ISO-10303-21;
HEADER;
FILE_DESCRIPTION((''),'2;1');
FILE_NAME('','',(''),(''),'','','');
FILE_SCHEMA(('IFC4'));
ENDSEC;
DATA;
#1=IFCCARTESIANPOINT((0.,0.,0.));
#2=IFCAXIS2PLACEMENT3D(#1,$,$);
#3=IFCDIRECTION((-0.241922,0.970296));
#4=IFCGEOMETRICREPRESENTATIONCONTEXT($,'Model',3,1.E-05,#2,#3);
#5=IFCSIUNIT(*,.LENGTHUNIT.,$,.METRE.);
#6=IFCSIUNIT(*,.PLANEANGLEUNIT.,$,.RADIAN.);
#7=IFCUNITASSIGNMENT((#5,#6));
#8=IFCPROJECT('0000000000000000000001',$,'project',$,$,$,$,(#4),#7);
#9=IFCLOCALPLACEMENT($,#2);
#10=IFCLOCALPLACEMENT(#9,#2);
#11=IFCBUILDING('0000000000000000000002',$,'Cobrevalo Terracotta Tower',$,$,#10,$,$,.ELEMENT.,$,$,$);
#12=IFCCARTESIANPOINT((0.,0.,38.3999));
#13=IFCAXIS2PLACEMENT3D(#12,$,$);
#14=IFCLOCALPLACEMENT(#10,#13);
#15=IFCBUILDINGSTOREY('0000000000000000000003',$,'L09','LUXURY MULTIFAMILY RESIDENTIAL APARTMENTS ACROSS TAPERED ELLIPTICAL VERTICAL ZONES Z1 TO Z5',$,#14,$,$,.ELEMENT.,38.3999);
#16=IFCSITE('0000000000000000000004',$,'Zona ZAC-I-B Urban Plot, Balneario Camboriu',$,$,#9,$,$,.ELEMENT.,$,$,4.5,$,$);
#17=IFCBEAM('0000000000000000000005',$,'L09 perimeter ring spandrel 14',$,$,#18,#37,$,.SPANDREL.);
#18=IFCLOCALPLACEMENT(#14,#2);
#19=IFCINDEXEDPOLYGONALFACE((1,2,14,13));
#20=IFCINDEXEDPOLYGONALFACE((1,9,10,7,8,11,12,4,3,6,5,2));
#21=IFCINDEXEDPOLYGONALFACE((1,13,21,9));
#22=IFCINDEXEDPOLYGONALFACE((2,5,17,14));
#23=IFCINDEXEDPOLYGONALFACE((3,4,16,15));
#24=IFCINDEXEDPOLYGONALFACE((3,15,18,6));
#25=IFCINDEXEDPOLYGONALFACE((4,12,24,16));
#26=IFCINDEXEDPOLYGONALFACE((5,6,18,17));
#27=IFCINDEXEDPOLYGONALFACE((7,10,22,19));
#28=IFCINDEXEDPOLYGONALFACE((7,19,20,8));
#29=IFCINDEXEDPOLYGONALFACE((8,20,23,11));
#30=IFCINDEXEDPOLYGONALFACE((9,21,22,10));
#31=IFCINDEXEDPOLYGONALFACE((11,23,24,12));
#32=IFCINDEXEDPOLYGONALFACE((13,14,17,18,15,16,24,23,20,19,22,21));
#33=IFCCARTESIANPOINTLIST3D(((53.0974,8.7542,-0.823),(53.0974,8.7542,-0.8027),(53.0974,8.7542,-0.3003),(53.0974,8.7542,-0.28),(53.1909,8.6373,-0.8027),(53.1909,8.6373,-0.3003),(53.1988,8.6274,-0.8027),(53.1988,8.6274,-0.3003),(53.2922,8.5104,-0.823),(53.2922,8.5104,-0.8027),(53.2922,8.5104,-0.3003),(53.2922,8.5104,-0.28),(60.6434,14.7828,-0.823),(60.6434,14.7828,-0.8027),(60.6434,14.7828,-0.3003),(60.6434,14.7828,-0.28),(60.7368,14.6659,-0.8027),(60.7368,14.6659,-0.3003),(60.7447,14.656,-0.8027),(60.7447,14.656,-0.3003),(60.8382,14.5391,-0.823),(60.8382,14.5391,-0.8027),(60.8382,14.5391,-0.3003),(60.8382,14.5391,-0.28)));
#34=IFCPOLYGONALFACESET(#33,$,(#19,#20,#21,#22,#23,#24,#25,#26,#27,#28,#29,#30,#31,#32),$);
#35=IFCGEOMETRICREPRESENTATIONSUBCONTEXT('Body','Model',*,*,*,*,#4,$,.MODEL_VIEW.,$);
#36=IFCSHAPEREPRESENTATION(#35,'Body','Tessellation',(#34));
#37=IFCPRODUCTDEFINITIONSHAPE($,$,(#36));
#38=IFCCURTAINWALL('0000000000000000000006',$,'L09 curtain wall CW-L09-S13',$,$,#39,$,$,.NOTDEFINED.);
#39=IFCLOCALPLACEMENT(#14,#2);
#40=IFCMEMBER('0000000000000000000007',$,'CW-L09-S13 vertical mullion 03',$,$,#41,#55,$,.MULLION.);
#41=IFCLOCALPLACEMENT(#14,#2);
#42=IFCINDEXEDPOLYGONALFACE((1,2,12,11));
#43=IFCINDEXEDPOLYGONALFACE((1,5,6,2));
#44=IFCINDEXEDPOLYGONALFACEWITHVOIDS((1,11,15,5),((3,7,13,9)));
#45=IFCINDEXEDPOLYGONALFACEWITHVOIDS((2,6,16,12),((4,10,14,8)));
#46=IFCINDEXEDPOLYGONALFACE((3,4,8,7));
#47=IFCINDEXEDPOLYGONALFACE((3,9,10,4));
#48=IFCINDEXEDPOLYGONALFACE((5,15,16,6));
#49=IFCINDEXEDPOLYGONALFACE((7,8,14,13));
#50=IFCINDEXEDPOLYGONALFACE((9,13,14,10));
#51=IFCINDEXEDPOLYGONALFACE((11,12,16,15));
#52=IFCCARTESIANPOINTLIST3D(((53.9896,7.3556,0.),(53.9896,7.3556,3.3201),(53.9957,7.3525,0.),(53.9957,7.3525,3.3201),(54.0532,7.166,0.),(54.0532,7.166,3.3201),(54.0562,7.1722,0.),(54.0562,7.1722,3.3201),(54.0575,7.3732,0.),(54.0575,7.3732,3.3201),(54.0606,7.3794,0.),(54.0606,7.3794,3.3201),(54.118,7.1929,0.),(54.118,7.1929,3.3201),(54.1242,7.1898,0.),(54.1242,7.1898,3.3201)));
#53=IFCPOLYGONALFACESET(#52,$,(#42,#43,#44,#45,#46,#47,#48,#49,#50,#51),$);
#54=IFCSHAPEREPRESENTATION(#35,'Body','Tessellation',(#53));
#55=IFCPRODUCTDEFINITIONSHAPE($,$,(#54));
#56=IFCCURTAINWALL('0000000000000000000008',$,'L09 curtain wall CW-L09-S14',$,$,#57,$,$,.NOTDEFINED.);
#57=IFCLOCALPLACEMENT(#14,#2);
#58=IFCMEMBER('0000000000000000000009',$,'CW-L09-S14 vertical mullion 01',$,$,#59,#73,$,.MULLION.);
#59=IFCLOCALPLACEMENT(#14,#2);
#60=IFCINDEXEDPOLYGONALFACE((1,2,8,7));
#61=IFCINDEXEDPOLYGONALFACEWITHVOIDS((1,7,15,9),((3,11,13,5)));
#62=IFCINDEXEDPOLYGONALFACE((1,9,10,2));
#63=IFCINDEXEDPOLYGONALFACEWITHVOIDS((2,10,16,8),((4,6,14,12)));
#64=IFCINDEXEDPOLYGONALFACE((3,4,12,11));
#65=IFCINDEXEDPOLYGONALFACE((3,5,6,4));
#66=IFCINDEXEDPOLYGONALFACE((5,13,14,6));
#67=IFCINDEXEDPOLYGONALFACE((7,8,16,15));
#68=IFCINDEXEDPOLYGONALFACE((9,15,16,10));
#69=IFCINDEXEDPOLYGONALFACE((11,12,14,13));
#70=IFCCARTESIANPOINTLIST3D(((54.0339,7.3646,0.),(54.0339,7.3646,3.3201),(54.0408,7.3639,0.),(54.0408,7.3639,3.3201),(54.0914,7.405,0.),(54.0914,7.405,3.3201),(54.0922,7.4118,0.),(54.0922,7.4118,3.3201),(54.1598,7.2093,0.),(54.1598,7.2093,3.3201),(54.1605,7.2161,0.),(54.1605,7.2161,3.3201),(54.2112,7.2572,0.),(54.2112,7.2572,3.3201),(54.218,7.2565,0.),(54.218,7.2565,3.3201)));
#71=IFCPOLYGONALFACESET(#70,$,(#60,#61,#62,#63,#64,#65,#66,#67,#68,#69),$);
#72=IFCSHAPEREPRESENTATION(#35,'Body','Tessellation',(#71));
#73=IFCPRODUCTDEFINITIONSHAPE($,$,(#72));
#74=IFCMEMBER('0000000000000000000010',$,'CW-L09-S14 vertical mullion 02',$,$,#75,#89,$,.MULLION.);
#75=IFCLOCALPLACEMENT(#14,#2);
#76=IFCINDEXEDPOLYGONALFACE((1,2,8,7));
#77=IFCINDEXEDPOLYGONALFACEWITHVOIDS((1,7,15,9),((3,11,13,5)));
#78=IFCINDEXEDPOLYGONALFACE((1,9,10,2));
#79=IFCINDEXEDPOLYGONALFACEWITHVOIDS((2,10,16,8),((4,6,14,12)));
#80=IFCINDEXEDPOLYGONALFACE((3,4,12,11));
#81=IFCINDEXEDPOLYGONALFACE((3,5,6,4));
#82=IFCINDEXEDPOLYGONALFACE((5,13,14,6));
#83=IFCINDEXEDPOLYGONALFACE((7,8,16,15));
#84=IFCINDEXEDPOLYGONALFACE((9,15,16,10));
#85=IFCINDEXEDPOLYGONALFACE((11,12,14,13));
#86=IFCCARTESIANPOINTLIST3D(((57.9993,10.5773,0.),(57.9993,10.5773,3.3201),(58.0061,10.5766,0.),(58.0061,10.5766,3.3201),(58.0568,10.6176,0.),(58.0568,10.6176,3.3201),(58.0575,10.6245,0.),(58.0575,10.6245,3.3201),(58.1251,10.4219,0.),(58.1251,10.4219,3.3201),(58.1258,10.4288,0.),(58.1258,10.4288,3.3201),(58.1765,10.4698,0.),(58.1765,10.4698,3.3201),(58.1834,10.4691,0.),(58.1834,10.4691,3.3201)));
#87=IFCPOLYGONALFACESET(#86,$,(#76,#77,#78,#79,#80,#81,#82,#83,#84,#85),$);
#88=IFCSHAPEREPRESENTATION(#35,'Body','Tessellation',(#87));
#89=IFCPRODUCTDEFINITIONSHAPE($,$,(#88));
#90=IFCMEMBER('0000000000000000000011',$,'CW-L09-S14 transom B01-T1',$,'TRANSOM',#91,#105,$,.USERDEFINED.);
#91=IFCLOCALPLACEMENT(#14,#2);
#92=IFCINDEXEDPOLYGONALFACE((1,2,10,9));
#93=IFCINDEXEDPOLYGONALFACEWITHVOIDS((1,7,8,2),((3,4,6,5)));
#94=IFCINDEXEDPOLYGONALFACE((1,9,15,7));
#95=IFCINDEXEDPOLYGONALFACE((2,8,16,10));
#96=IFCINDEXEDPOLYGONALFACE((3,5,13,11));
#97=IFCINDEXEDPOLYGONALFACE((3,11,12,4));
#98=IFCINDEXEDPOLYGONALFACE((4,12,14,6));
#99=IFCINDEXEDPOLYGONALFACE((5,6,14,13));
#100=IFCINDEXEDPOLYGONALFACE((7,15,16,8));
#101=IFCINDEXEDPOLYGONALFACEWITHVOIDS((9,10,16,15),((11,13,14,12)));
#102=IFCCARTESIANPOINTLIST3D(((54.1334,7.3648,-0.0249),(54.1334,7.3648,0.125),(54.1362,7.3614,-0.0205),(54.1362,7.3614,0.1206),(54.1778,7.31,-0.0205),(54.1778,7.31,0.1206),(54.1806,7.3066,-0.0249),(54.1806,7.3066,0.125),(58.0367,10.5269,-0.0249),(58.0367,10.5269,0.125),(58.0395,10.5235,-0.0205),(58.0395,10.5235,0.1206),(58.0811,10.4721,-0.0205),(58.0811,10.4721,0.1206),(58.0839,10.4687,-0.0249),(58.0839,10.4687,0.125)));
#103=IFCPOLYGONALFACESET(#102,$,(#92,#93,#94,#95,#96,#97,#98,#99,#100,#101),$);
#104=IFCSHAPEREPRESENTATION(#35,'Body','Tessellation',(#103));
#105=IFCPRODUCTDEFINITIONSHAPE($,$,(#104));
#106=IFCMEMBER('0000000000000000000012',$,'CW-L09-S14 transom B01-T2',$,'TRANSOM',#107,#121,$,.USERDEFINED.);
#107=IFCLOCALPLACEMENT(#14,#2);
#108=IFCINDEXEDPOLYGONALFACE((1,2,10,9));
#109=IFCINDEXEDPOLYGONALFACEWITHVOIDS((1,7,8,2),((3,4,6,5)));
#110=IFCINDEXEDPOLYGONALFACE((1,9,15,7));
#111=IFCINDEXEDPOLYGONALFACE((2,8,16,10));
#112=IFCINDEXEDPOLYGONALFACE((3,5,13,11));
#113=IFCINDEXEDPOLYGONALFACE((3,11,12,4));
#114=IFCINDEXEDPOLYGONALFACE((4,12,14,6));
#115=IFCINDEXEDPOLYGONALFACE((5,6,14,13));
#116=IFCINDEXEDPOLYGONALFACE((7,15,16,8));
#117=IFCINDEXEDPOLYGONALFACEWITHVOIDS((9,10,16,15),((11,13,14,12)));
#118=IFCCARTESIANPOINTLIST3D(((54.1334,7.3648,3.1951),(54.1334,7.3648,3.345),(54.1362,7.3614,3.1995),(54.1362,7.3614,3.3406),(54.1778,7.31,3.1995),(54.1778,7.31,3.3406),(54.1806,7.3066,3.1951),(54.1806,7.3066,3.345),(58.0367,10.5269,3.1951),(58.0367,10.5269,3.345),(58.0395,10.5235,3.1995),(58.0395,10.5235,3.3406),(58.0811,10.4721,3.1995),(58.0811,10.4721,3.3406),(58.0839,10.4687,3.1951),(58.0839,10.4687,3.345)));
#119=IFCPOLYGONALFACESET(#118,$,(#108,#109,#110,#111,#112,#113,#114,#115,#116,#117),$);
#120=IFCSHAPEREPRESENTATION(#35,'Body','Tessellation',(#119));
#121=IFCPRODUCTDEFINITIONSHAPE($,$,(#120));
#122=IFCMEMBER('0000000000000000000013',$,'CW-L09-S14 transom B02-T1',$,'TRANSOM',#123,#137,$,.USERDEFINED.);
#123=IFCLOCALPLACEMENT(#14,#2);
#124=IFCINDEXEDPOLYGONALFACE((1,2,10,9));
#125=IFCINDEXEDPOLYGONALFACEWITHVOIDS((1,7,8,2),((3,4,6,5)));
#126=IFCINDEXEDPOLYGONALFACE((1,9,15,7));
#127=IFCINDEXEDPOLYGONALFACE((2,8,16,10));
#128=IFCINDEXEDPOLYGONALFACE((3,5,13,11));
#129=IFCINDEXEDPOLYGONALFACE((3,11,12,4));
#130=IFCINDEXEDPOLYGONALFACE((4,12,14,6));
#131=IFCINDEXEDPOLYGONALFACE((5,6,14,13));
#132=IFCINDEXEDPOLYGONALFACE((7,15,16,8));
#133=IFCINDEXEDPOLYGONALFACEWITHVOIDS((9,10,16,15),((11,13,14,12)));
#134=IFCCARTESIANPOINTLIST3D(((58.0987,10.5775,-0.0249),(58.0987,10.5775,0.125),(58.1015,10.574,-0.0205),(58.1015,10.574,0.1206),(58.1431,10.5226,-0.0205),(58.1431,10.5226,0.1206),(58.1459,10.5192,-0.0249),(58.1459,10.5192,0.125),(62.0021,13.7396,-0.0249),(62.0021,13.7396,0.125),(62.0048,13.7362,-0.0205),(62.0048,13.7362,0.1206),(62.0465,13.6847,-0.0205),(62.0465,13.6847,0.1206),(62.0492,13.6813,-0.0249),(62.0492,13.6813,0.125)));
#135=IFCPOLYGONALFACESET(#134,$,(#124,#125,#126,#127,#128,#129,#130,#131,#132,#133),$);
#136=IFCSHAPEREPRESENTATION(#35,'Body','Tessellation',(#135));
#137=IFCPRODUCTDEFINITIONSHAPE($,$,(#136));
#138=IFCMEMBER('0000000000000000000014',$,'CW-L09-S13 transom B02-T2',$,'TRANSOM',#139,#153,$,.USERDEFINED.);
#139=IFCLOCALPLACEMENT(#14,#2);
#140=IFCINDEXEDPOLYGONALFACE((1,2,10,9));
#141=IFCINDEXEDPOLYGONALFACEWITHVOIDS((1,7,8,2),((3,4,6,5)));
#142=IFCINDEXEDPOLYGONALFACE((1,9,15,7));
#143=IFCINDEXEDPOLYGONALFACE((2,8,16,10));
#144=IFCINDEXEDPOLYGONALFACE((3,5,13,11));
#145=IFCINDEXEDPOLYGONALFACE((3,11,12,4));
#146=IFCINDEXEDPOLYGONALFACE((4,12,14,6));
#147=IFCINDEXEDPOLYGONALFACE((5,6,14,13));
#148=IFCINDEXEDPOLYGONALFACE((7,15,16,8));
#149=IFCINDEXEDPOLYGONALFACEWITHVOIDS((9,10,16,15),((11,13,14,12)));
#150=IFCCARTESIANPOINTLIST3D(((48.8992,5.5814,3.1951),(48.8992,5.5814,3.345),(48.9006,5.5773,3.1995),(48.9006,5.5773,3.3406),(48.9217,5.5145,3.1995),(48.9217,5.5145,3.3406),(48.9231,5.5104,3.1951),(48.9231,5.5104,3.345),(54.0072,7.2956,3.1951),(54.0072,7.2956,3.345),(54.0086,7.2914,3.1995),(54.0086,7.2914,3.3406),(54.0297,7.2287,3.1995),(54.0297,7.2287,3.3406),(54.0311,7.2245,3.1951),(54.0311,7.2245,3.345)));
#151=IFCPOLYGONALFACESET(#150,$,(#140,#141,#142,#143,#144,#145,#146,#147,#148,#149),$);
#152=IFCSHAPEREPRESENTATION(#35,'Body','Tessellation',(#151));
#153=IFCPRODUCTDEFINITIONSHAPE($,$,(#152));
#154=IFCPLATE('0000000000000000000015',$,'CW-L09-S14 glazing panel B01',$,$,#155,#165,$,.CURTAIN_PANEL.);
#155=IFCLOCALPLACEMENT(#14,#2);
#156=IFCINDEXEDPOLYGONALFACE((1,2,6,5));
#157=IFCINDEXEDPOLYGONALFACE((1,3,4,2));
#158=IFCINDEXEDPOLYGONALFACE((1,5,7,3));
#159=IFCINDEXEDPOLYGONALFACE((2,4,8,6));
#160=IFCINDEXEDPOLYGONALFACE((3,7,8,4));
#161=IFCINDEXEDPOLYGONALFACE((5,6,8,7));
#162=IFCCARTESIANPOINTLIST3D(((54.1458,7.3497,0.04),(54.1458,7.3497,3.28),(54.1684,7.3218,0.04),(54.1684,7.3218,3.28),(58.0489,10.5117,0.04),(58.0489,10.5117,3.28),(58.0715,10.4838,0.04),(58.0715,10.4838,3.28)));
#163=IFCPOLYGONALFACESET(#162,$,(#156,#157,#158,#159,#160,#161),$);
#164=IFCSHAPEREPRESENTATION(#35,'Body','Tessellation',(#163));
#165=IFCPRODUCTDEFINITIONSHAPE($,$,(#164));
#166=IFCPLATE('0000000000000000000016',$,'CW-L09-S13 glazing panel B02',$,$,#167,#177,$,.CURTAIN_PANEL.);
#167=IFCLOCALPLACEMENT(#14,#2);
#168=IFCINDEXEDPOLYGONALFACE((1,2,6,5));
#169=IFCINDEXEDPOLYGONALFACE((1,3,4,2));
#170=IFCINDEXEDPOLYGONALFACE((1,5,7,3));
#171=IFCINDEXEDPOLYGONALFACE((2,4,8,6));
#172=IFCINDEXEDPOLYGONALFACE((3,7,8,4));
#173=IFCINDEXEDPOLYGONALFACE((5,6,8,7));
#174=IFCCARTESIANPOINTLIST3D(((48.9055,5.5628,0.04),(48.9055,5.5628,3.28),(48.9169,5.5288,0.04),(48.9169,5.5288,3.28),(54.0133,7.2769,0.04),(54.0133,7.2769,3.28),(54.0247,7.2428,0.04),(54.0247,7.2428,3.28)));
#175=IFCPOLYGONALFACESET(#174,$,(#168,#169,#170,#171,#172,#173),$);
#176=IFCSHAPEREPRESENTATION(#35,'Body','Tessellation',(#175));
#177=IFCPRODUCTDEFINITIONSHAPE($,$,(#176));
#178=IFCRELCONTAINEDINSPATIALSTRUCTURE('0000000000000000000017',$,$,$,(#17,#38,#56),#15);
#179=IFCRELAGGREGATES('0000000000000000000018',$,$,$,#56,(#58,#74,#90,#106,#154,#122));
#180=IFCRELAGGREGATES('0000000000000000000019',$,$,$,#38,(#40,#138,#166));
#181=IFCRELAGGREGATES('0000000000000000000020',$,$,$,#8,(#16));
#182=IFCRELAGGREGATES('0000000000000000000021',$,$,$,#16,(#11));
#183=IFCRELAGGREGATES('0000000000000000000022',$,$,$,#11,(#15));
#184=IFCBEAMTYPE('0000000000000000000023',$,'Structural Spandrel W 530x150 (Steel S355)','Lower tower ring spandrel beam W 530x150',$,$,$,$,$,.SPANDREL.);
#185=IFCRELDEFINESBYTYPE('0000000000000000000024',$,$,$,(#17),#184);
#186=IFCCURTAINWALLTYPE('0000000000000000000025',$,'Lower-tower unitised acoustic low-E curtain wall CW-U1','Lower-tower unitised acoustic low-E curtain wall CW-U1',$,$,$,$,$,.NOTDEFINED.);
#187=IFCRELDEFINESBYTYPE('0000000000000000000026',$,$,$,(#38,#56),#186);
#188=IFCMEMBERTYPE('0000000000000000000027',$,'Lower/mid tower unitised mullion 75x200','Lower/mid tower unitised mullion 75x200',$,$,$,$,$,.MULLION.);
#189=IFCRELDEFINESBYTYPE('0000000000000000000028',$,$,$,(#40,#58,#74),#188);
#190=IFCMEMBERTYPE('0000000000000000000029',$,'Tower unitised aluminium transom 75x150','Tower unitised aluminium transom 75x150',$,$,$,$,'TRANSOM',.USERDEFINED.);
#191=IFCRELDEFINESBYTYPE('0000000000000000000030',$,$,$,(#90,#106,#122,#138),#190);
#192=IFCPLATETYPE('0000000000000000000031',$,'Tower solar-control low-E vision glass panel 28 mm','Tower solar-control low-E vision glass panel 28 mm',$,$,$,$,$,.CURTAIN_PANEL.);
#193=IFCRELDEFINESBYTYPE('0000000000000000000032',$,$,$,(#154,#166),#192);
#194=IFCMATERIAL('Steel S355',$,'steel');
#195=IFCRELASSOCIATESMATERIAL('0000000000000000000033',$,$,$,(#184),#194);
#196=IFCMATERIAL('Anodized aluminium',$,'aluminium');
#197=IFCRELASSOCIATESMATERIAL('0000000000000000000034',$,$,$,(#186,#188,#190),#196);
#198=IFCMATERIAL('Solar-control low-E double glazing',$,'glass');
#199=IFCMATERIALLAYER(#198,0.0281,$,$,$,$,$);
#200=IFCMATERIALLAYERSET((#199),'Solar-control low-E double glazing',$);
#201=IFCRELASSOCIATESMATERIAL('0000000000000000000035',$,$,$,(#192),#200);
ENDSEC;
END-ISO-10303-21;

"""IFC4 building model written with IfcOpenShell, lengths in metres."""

from ifc_helpers import new_model, si_unit, direction, frame, origin, origin_2d, place, context, subcontext, project, spatial, rectangle, hollow_rectangle, i_section, extrude, source, transform, mapped, material, layer, layer_set, material_profile, profile_set, type_object, element, aggregate, save


model = new_model("IFC4")

# Units and contexts
model_context = context("Model", 3, precision=1e-05, world=origin(), true_north=direction((-0.241922, 0.970296)))
body_context = subcontext(model_context, "Body", "Model", "MODEL_VIEW")
ifc_project = project(units=[si_unit("LENGTHUNIT", "METRE"), si_unit("PLANEANGLEUNIT", "RADIAN")], contexts=[model_context])

# Site, building, storey
site_placement = place(None, origin())
site = spatial("IfcSite", under=ifc_project, at=site_placement, Name="Zona ZAC-I-B Urban Plot, Balneario Camboriu", CompositionType="ELEMENT", RefElevation=4.5)
building_placement = place(site_placement, origin())
building = spatial("IfcBuilding", under=site, at=building_placement, Name="Cobrevalo Terracotta Tower", CompositionType="ELEMENT")
storey_placement = place(building_placement, frame((0.0, 0.0, 38.3999)))
storey = spatial("IfcBuildingStorey", under=building, at=storey_placement, Name="L09", Description="LUXURY MULTIFAMILY RESIDENTIAL APARTMENTS ACROSS TAPERED ELLIPTICAL VERTICAL ZONES Z1 TO Z5", CompositionType="ELEMENT", Elevation=38.3999)

# Shared definitions
ifc_material_1 = material(Name="Steel S355", Category="steel")

# Beam
ifc_material_profile_1 = material_profile(ifc_material_1, i_section(OverallWidth=0.312, OverallDepth=0.543, WebThickness=0.0127, FlangeThickness=0.0203, at=origin_2d()), Name="W 530x150")
ifc_profile_set_1 = profile_set([ifc_material_profile_1], Name="Steel S355")
beam_type_1 = type_object("IfcBeamType", Name="Structural Spandrel W 530x150 (Steel S355)", Description="Lower tower ring spandrel beam W 530x150", PredefinedType="SPANDREL", material=ifc_profile_set_1)
beam_1_placement = place(storey_placement, frame((53.1948, 8.6323, -0.5515), z_axis=(0.78128, 0.62418, 0.0), x_axis=(-0.62418, 0.78128, 0.0)))
element("IfcBeam", 1, at=beam_1_placement, inside=storey, type_object=beam_type_1, Name="L09 perimeter ring spandrel 14", PredefinedType="SPANDREL", context=body_context, shape_type="SweptSolid", body=[
    extrude(i_section(OverallWidth=0.312, OverallDepth=0.543, WebThickness=0.0127, FlangeThickness=0.0203, at=origin_2d()), origin(), (0.0, 0.0, 1.0), 9.6584),
])

# Curtain wall, member
ifc_material_2 = material(Name="Anodized aluminium", Category="aluminium")
curtain_wall_type = type_object("IfcCurtainWallType", Name="Lower-tower unitised acoustic low-E curtain wall CW-U1", Description="Lower-tower unitised acoustic low-E curtain wall CW-U1", PredefinedType="NOTDEFINED", material=ifc_material_2)
curtain_wall_1_placement = place(storey_placement, origin())
curtain_wall_1 = element("IfcCurtainWall", 2, at=curtain_wall_1_placement, inside=storey, type_object=curtain_wall_type, Name="L09 curtain wall CW-L09-S13", PredefinedType="NOTDEFINED")
ifc_material_profile_2 = material_profile(ifc_material_2, hollow_rectangle(XDim=0.075, YDim=0.2, WallThickness=0.0049, at=origin_2d()), Name="CWM 75x200")
ifc_profile_set_2 = profile_set([ifc_material_profile_2], Name="Anodized aluminium")
member_type_1 = type_object("IfcMemberType", Name="Lower/mid tower unitised mullion 75x200", Description="Lower/mid tower unitised mullion 75x200", PredefinedType="MULLION", material=ifc_profile_set_2)
shared_shape_1 = source(origin(), body_context, "Body", "SweptSolid", [
    extrude(hollow_rectangle(XDim=0.075, YDim=0.2, WallThickness=0.0049, at=origin_2d()), origin(), (0.0, 0.0, 1.0), 3.3201),
])
member_1_placement = place(storey_placement, frame((54.0569, 7.2727, 0.0), z_axis=(0.0, 0.0, 1.0), x_axis=(0.948046, 0.318132, 0.0)))
member_1 = element("IfcMember", 3, at=member_1_placement, type_object=member_type_1, Name="CW-L09-S13 vertical mullion 03", PredefinedType="MULLION", context=body_context, shape_type="MappedRepresentation", body=[
    mapped(shared_shape_1, transform((0.0, 0.0, 0.0), scale=1.0)),
])

# Curtain wall, members
curtain_wall_2_placement = place(storey_placement, origin())
curtain_wall_2 = element("IfcCurtainWall", 4, at=curtain_wall_2_placement, inside=storey, type_object=curtain_wall_type, Name="L09 curtain wall CW-L09-S14", PredefinedType="NOTDEFINED")
member_2_placement = place(storey_placement, frame((54.126, 7.3105, 0.0), z_axis=(0.0, 0.0, 1.0), x_axis=(0.777003, 0.629497, 0.0)))
member_2 = element("IfcMember", 5, at=member_2_placement, type_object=member_type_1, Name="CW-L09-S14 vertical mullion 01", PredefinedType="MULLION", context=body_context, shape_type="MappedRepresentation", body=[
    mapped(shared_shape_1, transform((0.0, 0.0, 0.0), scale=1.0)),
])
member_3_placement = place(storey_placement, frame((58.0913, 10.5232, 0.0), z_axis=(0.0, 0.0, 1.0), x_axis=(0.777003, 0.629497, 0.0)))
member_3 = element("IfcMember", 6, at=member_3_placement, type_object=member_type_1, Name="CW-L09-S14 vertical mullion 02", PredefinedType="MULLION", context=body_context, shape_type="MappedRepresentation", body=[
    mapped(shared_shape_1, transform((0.0, 0.0, 0.0), scale=1.0)),
])
ifc_material_profile_3 = material_profile(ifc_material_2, hollow_rectangle(XDim=0.075, YDim=0.1499, WallThickness=0.0044, at=origin_2d()), Name="CWT 75x150")
ifc_profile_set_3 = profile_set([ifc_material_profile_3], Name="Anodized aluminium")
member_type_2 = type_object("IfcMemberType", Name="Tower unitised aluminium transom 75x150", Description="Tower unitised aluminium transom 75x150", ElementType="TRANSOM", PredefinedType="USERDEFINED", material=ifc_profile_set_3)
shared_shape_2 = source(origin(), body_context, "Body", "SweptSolid", [
    extrude(hollow_rectangle(XDim=0.075, YDim=0.1499, WallThickness=0.0044, at=origin_2d()), origin(), (0.0, 0.0, 1.0), 5.0234),
])
member_4_placement = place(storey_placement, frame((54.157, 7.3357, 0.05), z_axis=(0.777023, 0.629472, 0.0), x_axis=(-0.629472, 0.777023, 0.0)))
member_4 = element("IfcMember", 7, at=member_4_placement, type_object=member_type_2, Name="CW-L09-S14 transom B01-T1", ObjectType="TRANSOM", PredefinedType="USERDEFINED", context=body_context, shape_type="MappedRepresentation", body=[
    mapped(shared_shape_2, transform((0.0, 0.0, 0.0), scale=1.0)),
])
member_5_placement = place(storey_placement, frame((54.157, 7.3357, 3.27), z_axis=(0.777023, 0.629472, 0.0), x_axis=(-0.629472, 0.777023, 0.0)))
member_5 = element("IfcMember", 8, at=member_5_placement, type_object=member_type_2, Name="CW-L09-S14 transom B01-T2", ObjectType="TRANSOM", PredefinedType="USERDEFINED", context=body_context, shape_type="MappedRepresentation", body=[
    mapped(shared_shape_2, transform((0.0, 0.0, 0.0), scale=1.0)),
])
member_6_placement = place(storey_placement, frame((58.1223, 10.5483, 0.05), z_axis=(0.777023, 0.629472, 0.0), x_axis=(-0.629472, 0.777023, 0.0)))
member_6 = element("IfcMember", 9, at=member_6_placement, type_object=member_type_2, Name="CW-L09-S14 transom B02-T1", ObjectType="TRANSOM", PredefinedType="USERDEFINED", context=body_context, shape_type="MappedRepresentation", body=[
    mapped(shared_shape_2, transform((0.0, 0.0, 0.0), scale=1.0)),
])

# Member
shared_shape_3 = source(origin(), body_context, "Body", "SweptSolid", [
    extrude(hollow_rectangle(XDim=0.075, YDim=0.1499, WallThickness=0.0044, at=origin_2d()), origin(), (0.0, 0.0, 1.0), 5.3879),
])
member_7_placement = place(storey_placement, frame((48.9111, 5.5459, 3.27), z_axis=(0.948042, 0.318144, 0.0), x_axis=(-0.318144, 0.948042, 0.0)))
member_7 = element("IfcMember", 10, at=member_7_placement, type_object=member_type_2, Name="CW-L09-S13 transom B02-T2", ObjectType="TRANSOM", PredefinedType="USERDEFINED", context=body_context, shape_type="MappedRepresentation", body=[
    mapped(shared_shape_3, transform((0.0, 0.0, 0.0), scale=1.0)),
])

# Plates
ifc_material_3 = material(Name="Solar-control low-E double glazing", Category="glass")
ifc_layer_1 = layer(ifc_material_3, 0.0281)
ifc_layer_set_1 = layer_set([ifc_layer_1], Name="Solar-control low-E double glazing")
plate_type = type_object("IfcPlateType", Name="Tower solar-control low-E vision glass panel 28 mm", Description="Tower solar-control low-E vision glass panel 28 mm", PredefinedType="CURTAIN_PANEL", material=ifc_layer_set_1)
shared_shape_4 = source(origin(), body_context, "Body", "SweptSolid", [
    extrude(rectangle(XDim=5.0232, YDim=0.0359, at=origin_2d()), origin(), (0.0, 0.0, 1.0), 3.24),
])
plate_1_placement = place(storey_placement, frame((56.1086, 8.9167, 0.04), z_axis=(0.0, 0.0, 1.0), x_axis=(0.777008, 0.629491, 0.0)))
plate_1 = element("IfcPlate", 11, at=plate_1_placement, type_object=plate_type, Name="CW-L09-S14 glazing panel B01", PredefinedType="CURTAIN_PANEL", context=body_context, shape_type="MappedRepresentation", body=[
    mapped(shared_shape_4, transform((0.0, 0.0, 0.0), scale=1.0)),
])
aggregate(curtain_wall_2, [member_2, member_3, member_4, member_5, plate_1, member_6])
shared_shape_5 = source(origin(), body_context, "Body", "SweptSolid", [
    extrude(rectangle(XDim=5.3877, YDim=0.0359, at=origin_2d()), origin(), (0.0, 0.0, 1.0), 3.24),
])
plate_2_placement = place(storey_placement, frame((51.4651, 6.4028, 0.04), z_axis=(0.0, 0.0, 1.0), x_axis=(0.948044, 0.318139, 0.0)))
plate_2 = element("IfcPlate", 12, at=plate_2_placement, type_object=plate_type, Name="CW-L09-S13 glazing panel B02", PredefinedType="CURTAIN_PANEL", context=body_context, shape_type="MappedRepresentation", body=[
    mapped(shared_shape_5, transform((0.0, 0.0, 0.0), scale=1.0)),
])
aggregate(curtain_wall_1, [member_1, member_7, plate_2])

save(model, "model.ifc")
